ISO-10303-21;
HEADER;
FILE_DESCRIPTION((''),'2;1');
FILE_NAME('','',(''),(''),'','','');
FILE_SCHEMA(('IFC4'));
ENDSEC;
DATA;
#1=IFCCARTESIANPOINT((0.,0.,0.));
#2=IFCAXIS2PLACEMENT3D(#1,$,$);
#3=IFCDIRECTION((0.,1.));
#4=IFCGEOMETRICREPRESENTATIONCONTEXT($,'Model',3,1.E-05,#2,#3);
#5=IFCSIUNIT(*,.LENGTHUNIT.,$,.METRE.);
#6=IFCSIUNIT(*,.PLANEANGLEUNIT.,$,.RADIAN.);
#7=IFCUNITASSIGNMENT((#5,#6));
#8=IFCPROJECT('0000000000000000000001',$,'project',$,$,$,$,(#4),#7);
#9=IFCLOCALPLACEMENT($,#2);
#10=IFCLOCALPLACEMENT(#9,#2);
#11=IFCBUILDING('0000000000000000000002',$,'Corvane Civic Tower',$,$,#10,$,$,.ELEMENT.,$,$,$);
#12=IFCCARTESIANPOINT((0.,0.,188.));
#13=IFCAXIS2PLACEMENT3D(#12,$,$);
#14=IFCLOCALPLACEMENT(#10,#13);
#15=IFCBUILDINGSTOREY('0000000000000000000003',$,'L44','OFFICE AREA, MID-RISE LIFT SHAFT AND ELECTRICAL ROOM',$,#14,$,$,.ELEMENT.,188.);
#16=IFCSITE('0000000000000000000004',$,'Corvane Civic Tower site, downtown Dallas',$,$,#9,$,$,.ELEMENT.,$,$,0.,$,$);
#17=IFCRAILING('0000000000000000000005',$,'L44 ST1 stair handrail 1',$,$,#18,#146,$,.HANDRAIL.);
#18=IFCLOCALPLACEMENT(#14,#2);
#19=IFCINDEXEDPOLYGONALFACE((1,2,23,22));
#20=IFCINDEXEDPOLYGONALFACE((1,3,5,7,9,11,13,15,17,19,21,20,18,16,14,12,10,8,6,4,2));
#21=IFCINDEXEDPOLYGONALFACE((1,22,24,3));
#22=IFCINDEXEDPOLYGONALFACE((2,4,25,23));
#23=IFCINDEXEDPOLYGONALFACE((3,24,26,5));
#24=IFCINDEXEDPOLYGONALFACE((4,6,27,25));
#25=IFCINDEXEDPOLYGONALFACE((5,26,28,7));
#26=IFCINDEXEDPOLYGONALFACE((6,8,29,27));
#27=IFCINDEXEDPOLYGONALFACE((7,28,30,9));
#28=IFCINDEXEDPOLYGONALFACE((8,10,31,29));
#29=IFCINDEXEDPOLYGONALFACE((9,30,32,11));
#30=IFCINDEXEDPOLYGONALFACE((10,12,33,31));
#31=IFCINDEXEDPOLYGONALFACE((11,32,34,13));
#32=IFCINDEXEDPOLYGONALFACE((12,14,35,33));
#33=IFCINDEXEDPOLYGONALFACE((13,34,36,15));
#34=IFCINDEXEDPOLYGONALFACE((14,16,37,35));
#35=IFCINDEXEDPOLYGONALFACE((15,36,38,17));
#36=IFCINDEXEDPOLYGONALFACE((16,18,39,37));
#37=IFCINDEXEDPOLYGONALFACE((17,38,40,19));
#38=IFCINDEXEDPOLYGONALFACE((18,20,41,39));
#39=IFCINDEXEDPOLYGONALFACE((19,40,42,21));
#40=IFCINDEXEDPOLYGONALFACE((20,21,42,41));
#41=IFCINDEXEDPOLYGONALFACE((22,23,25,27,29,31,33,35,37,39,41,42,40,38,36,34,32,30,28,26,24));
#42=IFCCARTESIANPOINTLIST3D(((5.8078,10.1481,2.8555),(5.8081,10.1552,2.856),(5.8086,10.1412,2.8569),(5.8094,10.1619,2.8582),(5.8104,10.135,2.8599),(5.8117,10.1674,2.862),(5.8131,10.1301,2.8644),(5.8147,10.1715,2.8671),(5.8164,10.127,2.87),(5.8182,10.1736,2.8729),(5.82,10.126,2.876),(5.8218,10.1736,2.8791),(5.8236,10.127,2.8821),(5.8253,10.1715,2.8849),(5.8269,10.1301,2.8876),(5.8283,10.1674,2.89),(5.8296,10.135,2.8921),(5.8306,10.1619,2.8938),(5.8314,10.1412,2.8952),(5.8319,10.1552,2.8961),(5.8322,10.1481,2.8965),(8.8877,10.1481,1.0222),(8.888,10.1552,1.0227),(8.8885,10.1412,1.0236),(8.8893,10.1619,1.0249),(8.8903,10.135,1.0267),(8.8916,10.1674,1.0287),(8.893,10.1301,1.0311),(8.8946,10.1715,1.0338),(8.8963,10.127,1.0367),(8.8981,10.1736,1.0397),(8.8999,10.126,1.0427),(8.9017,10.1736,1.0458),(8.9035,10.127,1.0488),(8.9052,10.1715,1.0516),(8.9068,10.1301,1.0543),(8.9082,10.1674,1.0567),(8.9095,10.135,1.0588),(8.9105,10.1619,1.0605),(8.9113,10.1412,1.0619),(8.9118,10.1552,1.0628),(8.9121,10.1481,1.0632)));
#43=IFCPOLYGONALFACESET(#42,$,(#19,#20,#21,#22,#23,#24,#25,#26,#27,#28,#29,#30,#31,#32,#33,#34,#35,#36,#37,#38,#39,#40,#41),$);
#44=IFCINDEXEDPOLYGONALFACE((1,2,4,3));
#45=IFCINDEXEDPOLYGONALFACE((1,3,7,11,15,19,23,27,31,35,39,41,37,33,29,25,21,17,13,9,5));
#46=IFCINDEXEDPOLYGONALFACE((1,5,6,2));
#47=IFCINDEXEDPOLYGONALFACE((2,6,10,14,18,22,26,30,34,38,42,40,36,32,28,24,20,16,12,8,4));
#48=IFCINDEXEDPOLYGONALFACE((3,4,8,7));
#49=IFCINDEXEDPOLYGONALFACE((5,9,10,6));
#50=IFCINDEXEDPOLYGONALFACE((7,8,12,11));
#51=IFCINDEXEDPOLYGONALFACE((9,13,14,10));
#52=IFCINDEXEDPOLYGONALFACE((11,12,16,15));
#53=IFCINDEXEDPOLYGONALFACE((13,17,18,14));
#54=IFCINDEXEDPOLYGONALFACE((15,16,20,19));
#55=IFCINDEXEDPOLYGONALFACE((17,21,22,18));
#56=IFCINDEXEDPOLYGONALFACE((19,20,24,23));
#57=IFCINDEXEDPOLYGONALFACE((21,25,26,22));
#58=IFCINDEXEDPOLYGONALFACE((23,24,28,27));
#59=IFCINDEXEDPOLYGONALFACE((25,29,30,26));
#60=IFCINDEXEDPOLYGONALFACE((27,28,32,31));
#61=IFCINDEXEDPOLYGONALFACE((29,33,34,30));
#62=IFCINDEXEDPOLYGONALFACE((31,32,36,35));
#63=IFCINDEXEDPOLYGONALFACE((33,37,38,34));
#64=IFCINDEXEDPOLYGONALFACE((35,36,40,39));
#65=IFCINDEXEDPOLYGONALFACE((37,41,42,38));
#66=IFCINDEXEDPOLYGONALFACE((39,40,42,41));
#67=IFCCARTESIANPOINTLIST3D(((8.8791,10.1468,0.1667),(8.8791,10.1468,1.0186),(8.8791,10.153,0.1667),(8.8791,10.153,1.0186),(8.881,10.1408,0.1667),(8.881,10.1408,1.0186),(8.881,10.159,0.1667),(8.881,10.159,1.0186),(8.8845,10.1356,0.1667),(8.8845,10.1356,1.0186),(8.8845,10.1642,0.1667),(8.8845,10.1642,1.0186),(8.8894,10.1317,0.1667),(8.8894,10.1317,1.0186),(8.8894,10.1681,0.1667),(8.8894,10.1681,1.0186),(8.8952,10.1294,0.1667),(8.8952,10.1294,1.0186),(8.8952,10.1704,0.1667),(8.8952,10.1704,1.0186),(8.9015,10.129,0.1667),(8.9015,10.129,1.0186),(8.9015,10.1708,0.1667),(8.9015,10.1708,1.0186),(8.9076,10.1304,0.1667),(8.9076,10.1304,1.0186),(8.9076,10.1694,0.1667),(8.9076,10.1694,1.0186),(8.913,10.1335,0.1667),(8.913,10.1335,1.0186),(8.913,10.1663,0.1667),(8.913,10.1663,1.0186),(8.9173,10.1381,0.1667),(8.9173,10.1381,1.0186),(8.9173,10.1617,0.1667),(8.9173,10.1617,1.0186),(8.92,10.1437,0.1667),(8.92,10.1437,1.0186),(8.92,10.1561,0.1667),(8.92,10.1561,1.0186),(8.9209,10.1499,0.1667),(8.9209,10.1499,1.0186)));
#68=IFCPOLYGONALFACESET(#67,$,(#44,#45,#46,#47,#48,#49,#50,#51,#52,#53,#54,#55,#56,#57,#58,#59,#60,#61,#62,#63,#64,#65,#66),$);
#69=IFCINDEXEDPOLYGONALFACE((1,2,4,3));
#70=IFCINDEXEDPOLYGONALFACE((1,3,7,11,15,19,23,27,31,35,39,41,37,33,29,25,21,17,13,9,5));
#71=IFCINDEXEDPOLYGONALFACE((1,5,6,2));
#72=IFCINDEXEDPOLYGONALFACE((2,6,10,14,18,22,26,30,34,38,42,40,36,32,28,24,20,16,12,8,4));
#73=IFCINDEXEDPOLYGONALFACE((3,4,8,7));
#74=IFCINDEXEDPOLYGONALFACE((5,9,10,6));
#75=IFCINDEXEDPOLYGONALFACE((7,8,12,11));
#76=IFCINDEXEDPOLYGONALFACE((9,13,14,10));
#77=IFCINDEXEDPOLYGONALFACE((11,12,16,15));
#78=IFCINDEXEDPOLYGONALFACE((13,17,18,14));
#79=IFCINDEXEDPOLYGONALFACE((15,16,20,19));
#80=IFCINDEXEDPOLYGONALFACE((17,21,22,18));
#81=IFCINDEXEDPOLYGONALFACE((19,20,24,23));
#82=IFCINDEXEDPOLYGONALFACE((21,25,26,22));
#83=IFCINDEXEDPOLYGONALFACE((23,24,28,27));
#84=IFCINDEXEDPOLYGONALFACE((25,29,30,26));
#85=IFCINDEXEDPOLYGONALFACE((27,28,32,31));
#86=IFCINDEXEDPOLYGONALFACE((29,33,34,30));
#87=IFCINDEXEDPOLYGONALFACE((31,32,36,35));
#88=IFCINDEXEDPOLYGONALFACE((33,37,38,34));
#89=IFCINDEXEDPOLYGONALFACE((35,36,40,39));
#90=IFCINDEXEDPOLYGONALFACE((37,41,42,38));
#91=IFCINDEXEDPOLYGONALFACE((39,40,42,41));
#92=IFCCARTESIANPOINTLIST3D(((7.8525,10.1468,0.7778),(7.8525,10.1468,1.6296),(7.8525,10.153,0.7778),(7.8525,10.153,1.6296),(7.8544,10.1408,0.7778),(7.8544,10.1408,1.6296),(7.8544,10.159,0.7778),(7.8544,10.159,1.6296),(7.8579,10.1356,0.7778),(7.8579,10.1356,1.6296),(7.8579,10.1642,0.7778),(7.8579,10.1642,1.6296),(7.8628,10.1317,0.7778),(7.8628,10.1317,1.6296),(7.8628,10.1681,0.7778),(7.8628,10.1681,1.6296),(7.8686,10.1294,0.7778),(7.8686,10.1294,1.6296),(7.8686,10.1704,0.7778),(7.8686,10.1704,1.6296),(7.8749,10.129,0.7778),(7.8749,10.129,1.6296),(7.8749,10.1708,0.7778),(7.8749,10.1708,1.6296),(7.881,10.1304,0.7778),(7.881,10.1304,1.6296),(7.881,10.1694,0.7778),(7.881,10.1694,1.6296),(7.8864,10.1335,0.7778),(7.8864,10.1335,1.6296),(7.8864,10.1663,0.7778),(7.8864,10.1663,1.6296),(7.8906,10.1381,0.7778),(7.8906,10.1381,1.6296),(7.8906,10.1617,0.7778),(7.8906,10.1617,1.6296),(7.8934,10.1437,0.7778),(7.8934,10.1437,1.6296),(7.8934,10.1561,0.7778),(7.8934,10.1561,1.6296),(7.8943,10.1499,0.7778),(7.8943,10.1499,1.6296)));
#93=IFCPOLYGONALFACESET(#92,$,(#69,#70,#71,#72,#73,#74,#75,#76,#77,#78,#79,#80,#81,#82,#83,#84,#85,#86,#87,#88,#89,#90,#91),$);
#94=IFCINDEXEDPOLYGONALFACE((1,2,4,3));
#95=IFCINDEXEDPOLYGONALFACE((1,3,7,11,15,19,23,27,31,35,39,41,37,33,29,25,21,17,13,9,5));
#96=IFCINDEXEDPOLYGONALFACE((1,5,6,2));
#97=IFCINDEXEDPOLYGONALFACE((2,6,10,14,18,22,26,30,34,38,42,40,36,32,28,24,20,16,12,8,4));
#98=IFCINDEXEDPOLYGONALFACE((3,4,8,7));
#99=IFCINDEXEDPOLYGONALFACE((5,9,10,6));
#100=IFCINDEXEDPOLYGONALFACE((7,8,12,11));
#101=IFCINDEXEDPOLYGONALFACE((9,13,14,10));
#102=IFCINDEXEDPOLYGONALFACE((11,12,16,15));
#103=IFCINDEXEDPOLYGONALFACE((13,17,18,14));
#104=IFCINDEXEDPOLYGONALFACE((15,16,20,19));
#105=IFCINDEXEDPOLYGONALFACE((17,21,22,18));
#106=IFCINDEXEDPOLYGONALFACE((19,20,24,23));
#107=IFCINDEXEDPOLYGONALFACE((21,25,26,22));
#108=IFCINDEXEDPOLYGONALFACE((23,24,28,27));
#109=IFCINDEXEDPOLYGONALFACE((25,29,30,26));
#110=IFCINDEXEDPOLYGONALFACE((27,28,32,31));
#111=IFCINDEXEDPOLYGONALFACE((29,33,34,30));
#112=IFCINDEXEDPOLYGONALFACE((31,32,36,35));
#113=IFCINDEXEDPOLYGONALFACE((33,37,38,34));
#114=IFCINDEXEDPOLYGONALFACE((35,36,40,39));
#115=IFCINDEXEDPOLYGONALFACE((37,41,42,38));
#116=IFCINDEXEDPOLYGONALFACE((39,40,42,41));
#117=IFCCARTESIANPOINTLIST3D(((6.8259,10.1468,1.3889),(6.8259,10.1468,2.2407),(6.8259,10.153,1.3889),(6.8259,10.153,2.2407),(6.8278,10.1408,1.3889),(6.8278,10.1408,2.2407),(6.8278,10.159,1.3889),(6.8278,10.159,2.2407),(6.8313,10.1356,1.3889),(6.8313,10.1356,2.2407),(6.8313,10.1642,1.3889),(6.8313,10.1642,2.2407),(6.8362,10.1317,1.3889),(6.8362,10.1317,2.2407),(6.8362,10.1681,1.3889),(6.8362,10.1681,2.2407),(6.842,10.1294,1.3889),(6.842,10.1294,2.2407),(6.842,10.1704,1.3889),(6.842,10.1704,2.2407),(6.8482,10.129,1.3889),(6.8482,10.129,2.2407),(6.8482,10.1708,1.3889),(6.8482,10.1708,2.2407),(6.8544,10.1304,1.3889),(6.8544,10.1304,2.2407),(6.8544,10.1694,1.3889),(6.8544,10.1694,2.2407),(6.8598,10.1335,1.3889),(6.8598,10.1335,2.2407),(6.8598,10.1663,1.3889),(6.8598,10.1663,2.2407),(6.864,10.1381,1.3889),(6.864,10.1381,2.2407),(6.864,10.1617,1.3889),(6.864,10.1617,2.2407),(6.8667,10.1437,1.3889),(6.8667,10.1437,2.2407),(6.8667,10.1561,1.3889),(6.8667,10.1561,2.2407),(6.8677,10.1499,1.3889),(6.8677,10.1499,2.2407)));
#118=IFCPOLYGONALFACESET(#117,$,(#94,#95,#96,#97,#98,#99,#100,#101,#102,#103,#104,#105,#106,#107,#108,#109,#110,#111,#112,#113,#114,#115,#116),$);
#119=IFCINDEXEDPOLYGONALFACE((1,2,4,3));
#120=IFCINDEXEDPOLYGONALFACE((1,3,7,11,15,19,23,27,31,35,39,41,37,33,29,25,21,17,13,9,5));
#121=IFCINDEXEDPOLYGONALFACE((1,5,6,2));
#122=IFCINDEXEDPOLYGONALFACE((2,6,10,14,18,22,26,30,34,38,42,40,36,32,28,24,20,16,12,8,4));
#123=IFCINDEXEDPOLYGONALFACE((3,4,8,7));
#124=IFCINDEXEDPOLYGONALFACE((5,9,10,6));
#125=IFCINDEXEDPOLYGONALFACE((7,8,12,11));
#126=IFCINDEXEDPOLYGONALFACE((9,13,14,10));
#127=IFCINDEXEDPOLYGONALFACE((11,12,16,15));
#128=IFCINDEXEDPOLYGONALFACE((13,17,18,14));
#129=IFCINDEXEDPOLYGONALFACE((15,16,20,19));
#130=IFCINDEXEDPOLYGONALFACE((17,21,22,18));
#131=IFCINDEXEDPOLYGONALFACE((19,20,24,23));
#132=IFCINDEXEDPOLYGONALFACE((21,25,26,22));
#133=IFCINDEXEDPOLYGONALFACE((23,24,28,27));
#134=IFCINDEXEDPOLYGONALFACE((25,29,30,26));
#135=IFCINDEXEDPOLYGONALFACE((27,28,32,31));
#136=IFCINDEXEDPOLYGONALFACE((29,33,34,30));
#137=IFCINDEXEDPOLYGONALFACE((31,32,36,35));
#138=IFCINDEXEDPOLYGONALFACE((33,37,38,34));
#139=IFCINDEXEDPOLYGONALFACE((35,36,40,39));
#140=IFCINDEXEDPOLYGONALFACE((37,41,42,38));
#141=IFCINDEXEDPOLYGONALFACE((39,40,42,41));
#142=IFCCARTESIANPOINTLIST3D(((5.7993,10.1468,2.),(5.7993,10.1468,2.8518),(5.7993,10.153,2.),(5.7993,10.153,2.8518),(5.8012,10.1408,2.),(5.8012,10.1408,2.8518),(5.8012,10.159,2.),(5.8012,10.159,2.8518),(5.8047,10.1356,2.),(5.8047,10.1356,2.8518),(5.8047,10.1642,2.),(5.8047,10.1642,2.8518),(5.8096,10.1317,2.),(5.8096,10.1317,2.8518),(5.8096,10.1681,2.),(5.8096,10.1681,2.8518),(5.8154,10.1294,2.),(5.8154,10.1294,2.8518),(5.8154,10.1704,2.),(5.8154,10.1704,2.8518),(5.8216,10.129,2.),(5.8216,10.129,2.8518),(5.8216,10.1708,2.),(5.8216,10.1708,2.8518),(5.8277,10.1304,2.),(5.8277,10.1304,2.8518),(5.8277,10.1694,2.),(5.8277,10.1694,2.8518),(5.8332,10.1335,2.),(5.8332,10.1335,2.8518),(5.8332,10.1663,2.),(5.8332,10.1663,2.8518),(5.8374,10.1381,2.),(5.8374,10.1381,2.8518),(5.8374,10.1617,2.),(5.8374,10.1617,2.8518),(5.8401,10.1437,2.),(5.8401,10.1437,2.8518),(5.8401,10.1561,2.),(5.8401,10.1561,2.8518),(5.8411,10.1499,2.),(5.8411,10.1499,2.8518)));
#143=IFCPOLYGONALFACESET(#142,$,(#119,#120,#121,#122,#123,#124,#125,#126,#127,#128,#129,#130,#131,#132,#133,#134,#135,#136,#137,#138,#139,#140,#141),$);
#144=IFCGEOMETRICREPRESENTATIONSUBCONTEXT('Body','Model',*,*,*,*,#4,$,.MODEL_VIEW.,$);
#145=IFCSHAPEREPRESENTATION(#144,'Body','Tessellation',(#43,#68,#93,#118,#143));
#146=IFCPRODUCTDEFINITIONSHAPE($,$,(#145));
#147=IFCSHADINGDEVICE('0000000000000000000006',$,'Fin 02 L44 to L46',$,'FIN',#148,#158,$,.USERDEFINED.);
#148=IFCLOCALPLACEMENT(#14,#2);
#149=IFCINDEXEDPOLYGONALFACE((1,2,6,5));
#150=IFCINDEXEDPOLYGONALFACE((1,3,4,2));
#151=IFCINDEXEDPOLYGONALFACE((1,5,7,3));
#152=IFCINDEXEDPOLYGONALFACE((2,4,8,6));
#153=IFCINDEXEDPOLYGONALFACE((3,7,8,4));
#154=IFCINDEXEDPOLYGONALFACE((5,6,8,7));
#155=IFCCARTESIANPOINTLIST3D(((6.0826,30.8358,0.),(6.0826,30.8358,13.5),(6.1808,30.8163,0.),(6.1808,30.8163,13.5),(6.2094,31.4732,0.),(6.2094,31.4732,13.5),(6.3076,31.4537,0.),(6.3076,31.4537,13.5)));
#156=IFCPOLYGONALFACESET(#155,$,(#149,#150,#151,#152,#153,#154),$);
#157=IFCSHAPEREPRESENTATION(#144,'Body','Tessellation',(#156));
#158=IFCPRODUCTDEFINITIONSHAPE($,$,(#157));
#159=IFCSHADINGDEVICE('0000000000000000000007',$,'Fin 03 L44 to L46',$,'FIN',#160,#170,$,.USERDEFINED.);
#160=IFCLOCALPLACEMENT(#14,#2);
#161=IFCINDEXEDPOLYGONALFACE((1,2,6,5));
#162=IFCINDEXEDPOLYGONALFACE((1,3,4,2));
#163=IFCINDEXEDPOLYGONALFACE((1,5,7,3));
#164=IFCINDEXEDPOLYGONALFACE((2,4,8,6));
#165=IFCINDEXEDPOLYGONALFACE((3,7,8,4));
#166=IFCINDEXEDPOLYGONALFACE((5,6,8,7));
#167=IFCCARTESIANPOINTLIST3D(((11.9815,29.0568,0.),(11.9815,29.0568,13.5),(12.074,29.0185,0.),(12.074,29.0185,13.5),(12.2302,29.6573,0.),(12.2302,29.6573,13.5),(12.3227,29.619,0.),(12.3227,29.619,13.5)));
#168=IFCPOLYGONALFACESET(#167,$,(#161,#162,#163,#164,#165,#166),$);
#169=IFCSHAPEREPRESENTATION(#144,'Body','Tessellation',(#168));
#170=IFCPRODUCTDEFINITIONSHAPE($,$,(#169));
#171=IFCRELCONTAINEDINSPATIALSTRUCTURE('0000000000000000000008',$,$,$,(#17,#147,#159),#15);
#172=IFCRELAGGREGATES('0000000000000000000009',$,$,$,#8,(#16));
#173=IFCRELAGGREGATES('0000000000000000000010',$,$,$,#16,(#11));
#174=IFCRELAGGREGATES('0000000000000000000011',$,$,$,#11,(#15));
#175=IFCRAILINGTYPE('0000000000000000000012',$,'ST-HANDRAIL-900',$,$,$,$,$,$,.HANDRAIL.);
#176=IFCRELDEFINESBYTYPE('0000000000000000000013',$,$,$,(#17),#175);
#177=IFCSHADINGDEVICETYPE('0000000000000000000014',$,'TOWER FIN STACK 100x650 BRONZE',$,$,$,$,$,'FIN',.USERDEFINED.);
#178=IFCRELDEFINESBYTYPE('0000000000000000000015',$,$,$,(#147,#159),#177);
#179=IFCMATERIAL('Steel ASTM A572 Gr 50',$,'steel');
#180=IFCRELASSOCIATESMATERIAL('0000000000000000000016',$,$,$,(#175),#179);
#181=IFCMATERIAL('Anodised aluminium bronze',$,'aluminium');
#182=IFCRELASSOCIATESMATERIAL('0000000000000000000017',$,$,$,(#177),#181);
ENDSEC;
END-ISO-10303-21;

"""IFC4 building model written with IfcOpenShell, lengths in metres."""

from ifc_helpers import new_model, si_unit, direction, frame, origin, origin_2d, place, context, subcontext, project, spatial, rectangle, circle, extrude, material, material_profile, profile_set, type_object, element, save


model = new_model("IFC4")

# Units and contexts
model_context = context("Model", 3, precision=1e-05, world=origin(), true_north=direction((0.0, 1.0)))
body_context = subcontext(model_context, "Body", "Model", "MODEL_VIEW")
ifc_project = project(units=[si_unit("LENGTHUNIT", "METRE"), si_unit("PLANEANGLEUNIT", "RADIAN")], contexts=[model_context])

# Site, building, storey
site_placement = place(None, origin())
site = spatial("IfcSite", under=ifc_project, at=site_placement, Name="Corvane Civic Tower site, downtown Dallas", CompositionType="ELEMENT", RefElevation=0.0)
building_placement = place(site_placement, origin())
building = spatial("IfcBuilding", under=site, at=building_placement, Name="Corvane Civic Tower", CompositionType="ELEMENT")
storey_placement = place(building_placement, frame((0.0, 0.0, 188.0)))
storey = spatial("IfcBuildingStorey", under=building, at=storey_placement, Name="L44", Description="OFFICE AREA, MID-RISE LIFT SHAFT AND ELECTRICAL ROOM", CompositionType="ELEMENT", Elevation=188.0)

# Railing
ifc_material_1 = material(Name="Steel ASTM A572 Gr 50", Category="steel")
railing_type_1 = type_object("IfcRailingType", Name="ST-HANDRAIL-900", PredefinedType="HANDRAIL", material=ifc_material_1)
railing_1_placement = place(storey_placement, frame((8.8999, 10.1499, 0.1667)))
element("IfcRailing", 1, at=railing_1_placement, inside=storey, type_object=railing_type_1, Name="L44 ST1 stair handrail 1", PredefinedType="HANDRAIL", context=body_context, shape_type="SweptSolid", body=[
    extrude(circle(Radius=0.0239, at=origin_2d()), frame((0.0, 0.0, 0.876), z_axis=(-0.859291, 0.0, 0.511487), x_axis=(0.0, -1.0, 0.0)), (0.0, 0.0, 1.0), 3.5842),
    extrude(circle(Radius=0.021, at=origin_2d()), origin(), (0.0, 0.0, 1.0), 0.8518),
    extrude(circle(Radius=0.021, at=origin_2d()), frame((-1.0266, 0.0, 0.6111)), (0.0, 0.0, 1.0), 0.8518),
    extrude(circle(Radius=0.021, at=origin_2d()), frame((-2.0532, 0.0, 1.2222)), (0.0, 0.0, 1.0), 0.8518),
    extrude(circle(Radius=0.021, at=origin_2d()), frame((-3.0798, 0.0, 1.8333)), (0.0, 0.0, 1.0), 0.8518),
])

# Shading devices
ifc_material_2 = material(Name="Anodised aluminium bronze", Category="aluminium")
ifc_material_profile_1 = material_profile(ifc_material_2, rectangle(XDim=0.1001, YDim=0.6499, at=origin_2d()), Name="TOWER FIN STACK 100x650 BRONZE")
ifc_profile_set_1 = profile_set([ifc_material_profile_1], Name="Anodised aluminium bronze")
shading_device_type = type_object("IfcShadingDeviceType", Name="TOWER FIN STACK 100x650 BRONZE", ElementType="FIN", PredefinedType="USERDEFINED", material=ifc_profile_set_1)
for number, where, z_axis, x_axis, name in (
    (2, (6.1951, 31.1448, 0.0), (0.0, 0.0, 1.0), (0.980785, -0.19509, 0.0), "Fin 02 L44 to L46"),
    (3, (12.1521, 29.3379, 0.0), (0.0, 0.0, 1.0), (0.92388, -0.382683, 0.0), "Fin 03 L44 to L46"),
):
    element("IfcShadingDevice", number, at=place(storey_placement, frame(where, z_axis=z_axis, x_axis=x_axis)), inside=storey, type_object=shading_device_type, Name=name, ObjectType="FIN", PredefinedType="USERDEFINED", context=body_context, shape_type="SweptSolid", body=[
        extrude(rectangle(XDim=0.1001, YDim=0.6499, at=origin_2d()), origin(), (0.0, 0.0, 1.0), 13.5),
    ])

save(model, "model.ifc")
